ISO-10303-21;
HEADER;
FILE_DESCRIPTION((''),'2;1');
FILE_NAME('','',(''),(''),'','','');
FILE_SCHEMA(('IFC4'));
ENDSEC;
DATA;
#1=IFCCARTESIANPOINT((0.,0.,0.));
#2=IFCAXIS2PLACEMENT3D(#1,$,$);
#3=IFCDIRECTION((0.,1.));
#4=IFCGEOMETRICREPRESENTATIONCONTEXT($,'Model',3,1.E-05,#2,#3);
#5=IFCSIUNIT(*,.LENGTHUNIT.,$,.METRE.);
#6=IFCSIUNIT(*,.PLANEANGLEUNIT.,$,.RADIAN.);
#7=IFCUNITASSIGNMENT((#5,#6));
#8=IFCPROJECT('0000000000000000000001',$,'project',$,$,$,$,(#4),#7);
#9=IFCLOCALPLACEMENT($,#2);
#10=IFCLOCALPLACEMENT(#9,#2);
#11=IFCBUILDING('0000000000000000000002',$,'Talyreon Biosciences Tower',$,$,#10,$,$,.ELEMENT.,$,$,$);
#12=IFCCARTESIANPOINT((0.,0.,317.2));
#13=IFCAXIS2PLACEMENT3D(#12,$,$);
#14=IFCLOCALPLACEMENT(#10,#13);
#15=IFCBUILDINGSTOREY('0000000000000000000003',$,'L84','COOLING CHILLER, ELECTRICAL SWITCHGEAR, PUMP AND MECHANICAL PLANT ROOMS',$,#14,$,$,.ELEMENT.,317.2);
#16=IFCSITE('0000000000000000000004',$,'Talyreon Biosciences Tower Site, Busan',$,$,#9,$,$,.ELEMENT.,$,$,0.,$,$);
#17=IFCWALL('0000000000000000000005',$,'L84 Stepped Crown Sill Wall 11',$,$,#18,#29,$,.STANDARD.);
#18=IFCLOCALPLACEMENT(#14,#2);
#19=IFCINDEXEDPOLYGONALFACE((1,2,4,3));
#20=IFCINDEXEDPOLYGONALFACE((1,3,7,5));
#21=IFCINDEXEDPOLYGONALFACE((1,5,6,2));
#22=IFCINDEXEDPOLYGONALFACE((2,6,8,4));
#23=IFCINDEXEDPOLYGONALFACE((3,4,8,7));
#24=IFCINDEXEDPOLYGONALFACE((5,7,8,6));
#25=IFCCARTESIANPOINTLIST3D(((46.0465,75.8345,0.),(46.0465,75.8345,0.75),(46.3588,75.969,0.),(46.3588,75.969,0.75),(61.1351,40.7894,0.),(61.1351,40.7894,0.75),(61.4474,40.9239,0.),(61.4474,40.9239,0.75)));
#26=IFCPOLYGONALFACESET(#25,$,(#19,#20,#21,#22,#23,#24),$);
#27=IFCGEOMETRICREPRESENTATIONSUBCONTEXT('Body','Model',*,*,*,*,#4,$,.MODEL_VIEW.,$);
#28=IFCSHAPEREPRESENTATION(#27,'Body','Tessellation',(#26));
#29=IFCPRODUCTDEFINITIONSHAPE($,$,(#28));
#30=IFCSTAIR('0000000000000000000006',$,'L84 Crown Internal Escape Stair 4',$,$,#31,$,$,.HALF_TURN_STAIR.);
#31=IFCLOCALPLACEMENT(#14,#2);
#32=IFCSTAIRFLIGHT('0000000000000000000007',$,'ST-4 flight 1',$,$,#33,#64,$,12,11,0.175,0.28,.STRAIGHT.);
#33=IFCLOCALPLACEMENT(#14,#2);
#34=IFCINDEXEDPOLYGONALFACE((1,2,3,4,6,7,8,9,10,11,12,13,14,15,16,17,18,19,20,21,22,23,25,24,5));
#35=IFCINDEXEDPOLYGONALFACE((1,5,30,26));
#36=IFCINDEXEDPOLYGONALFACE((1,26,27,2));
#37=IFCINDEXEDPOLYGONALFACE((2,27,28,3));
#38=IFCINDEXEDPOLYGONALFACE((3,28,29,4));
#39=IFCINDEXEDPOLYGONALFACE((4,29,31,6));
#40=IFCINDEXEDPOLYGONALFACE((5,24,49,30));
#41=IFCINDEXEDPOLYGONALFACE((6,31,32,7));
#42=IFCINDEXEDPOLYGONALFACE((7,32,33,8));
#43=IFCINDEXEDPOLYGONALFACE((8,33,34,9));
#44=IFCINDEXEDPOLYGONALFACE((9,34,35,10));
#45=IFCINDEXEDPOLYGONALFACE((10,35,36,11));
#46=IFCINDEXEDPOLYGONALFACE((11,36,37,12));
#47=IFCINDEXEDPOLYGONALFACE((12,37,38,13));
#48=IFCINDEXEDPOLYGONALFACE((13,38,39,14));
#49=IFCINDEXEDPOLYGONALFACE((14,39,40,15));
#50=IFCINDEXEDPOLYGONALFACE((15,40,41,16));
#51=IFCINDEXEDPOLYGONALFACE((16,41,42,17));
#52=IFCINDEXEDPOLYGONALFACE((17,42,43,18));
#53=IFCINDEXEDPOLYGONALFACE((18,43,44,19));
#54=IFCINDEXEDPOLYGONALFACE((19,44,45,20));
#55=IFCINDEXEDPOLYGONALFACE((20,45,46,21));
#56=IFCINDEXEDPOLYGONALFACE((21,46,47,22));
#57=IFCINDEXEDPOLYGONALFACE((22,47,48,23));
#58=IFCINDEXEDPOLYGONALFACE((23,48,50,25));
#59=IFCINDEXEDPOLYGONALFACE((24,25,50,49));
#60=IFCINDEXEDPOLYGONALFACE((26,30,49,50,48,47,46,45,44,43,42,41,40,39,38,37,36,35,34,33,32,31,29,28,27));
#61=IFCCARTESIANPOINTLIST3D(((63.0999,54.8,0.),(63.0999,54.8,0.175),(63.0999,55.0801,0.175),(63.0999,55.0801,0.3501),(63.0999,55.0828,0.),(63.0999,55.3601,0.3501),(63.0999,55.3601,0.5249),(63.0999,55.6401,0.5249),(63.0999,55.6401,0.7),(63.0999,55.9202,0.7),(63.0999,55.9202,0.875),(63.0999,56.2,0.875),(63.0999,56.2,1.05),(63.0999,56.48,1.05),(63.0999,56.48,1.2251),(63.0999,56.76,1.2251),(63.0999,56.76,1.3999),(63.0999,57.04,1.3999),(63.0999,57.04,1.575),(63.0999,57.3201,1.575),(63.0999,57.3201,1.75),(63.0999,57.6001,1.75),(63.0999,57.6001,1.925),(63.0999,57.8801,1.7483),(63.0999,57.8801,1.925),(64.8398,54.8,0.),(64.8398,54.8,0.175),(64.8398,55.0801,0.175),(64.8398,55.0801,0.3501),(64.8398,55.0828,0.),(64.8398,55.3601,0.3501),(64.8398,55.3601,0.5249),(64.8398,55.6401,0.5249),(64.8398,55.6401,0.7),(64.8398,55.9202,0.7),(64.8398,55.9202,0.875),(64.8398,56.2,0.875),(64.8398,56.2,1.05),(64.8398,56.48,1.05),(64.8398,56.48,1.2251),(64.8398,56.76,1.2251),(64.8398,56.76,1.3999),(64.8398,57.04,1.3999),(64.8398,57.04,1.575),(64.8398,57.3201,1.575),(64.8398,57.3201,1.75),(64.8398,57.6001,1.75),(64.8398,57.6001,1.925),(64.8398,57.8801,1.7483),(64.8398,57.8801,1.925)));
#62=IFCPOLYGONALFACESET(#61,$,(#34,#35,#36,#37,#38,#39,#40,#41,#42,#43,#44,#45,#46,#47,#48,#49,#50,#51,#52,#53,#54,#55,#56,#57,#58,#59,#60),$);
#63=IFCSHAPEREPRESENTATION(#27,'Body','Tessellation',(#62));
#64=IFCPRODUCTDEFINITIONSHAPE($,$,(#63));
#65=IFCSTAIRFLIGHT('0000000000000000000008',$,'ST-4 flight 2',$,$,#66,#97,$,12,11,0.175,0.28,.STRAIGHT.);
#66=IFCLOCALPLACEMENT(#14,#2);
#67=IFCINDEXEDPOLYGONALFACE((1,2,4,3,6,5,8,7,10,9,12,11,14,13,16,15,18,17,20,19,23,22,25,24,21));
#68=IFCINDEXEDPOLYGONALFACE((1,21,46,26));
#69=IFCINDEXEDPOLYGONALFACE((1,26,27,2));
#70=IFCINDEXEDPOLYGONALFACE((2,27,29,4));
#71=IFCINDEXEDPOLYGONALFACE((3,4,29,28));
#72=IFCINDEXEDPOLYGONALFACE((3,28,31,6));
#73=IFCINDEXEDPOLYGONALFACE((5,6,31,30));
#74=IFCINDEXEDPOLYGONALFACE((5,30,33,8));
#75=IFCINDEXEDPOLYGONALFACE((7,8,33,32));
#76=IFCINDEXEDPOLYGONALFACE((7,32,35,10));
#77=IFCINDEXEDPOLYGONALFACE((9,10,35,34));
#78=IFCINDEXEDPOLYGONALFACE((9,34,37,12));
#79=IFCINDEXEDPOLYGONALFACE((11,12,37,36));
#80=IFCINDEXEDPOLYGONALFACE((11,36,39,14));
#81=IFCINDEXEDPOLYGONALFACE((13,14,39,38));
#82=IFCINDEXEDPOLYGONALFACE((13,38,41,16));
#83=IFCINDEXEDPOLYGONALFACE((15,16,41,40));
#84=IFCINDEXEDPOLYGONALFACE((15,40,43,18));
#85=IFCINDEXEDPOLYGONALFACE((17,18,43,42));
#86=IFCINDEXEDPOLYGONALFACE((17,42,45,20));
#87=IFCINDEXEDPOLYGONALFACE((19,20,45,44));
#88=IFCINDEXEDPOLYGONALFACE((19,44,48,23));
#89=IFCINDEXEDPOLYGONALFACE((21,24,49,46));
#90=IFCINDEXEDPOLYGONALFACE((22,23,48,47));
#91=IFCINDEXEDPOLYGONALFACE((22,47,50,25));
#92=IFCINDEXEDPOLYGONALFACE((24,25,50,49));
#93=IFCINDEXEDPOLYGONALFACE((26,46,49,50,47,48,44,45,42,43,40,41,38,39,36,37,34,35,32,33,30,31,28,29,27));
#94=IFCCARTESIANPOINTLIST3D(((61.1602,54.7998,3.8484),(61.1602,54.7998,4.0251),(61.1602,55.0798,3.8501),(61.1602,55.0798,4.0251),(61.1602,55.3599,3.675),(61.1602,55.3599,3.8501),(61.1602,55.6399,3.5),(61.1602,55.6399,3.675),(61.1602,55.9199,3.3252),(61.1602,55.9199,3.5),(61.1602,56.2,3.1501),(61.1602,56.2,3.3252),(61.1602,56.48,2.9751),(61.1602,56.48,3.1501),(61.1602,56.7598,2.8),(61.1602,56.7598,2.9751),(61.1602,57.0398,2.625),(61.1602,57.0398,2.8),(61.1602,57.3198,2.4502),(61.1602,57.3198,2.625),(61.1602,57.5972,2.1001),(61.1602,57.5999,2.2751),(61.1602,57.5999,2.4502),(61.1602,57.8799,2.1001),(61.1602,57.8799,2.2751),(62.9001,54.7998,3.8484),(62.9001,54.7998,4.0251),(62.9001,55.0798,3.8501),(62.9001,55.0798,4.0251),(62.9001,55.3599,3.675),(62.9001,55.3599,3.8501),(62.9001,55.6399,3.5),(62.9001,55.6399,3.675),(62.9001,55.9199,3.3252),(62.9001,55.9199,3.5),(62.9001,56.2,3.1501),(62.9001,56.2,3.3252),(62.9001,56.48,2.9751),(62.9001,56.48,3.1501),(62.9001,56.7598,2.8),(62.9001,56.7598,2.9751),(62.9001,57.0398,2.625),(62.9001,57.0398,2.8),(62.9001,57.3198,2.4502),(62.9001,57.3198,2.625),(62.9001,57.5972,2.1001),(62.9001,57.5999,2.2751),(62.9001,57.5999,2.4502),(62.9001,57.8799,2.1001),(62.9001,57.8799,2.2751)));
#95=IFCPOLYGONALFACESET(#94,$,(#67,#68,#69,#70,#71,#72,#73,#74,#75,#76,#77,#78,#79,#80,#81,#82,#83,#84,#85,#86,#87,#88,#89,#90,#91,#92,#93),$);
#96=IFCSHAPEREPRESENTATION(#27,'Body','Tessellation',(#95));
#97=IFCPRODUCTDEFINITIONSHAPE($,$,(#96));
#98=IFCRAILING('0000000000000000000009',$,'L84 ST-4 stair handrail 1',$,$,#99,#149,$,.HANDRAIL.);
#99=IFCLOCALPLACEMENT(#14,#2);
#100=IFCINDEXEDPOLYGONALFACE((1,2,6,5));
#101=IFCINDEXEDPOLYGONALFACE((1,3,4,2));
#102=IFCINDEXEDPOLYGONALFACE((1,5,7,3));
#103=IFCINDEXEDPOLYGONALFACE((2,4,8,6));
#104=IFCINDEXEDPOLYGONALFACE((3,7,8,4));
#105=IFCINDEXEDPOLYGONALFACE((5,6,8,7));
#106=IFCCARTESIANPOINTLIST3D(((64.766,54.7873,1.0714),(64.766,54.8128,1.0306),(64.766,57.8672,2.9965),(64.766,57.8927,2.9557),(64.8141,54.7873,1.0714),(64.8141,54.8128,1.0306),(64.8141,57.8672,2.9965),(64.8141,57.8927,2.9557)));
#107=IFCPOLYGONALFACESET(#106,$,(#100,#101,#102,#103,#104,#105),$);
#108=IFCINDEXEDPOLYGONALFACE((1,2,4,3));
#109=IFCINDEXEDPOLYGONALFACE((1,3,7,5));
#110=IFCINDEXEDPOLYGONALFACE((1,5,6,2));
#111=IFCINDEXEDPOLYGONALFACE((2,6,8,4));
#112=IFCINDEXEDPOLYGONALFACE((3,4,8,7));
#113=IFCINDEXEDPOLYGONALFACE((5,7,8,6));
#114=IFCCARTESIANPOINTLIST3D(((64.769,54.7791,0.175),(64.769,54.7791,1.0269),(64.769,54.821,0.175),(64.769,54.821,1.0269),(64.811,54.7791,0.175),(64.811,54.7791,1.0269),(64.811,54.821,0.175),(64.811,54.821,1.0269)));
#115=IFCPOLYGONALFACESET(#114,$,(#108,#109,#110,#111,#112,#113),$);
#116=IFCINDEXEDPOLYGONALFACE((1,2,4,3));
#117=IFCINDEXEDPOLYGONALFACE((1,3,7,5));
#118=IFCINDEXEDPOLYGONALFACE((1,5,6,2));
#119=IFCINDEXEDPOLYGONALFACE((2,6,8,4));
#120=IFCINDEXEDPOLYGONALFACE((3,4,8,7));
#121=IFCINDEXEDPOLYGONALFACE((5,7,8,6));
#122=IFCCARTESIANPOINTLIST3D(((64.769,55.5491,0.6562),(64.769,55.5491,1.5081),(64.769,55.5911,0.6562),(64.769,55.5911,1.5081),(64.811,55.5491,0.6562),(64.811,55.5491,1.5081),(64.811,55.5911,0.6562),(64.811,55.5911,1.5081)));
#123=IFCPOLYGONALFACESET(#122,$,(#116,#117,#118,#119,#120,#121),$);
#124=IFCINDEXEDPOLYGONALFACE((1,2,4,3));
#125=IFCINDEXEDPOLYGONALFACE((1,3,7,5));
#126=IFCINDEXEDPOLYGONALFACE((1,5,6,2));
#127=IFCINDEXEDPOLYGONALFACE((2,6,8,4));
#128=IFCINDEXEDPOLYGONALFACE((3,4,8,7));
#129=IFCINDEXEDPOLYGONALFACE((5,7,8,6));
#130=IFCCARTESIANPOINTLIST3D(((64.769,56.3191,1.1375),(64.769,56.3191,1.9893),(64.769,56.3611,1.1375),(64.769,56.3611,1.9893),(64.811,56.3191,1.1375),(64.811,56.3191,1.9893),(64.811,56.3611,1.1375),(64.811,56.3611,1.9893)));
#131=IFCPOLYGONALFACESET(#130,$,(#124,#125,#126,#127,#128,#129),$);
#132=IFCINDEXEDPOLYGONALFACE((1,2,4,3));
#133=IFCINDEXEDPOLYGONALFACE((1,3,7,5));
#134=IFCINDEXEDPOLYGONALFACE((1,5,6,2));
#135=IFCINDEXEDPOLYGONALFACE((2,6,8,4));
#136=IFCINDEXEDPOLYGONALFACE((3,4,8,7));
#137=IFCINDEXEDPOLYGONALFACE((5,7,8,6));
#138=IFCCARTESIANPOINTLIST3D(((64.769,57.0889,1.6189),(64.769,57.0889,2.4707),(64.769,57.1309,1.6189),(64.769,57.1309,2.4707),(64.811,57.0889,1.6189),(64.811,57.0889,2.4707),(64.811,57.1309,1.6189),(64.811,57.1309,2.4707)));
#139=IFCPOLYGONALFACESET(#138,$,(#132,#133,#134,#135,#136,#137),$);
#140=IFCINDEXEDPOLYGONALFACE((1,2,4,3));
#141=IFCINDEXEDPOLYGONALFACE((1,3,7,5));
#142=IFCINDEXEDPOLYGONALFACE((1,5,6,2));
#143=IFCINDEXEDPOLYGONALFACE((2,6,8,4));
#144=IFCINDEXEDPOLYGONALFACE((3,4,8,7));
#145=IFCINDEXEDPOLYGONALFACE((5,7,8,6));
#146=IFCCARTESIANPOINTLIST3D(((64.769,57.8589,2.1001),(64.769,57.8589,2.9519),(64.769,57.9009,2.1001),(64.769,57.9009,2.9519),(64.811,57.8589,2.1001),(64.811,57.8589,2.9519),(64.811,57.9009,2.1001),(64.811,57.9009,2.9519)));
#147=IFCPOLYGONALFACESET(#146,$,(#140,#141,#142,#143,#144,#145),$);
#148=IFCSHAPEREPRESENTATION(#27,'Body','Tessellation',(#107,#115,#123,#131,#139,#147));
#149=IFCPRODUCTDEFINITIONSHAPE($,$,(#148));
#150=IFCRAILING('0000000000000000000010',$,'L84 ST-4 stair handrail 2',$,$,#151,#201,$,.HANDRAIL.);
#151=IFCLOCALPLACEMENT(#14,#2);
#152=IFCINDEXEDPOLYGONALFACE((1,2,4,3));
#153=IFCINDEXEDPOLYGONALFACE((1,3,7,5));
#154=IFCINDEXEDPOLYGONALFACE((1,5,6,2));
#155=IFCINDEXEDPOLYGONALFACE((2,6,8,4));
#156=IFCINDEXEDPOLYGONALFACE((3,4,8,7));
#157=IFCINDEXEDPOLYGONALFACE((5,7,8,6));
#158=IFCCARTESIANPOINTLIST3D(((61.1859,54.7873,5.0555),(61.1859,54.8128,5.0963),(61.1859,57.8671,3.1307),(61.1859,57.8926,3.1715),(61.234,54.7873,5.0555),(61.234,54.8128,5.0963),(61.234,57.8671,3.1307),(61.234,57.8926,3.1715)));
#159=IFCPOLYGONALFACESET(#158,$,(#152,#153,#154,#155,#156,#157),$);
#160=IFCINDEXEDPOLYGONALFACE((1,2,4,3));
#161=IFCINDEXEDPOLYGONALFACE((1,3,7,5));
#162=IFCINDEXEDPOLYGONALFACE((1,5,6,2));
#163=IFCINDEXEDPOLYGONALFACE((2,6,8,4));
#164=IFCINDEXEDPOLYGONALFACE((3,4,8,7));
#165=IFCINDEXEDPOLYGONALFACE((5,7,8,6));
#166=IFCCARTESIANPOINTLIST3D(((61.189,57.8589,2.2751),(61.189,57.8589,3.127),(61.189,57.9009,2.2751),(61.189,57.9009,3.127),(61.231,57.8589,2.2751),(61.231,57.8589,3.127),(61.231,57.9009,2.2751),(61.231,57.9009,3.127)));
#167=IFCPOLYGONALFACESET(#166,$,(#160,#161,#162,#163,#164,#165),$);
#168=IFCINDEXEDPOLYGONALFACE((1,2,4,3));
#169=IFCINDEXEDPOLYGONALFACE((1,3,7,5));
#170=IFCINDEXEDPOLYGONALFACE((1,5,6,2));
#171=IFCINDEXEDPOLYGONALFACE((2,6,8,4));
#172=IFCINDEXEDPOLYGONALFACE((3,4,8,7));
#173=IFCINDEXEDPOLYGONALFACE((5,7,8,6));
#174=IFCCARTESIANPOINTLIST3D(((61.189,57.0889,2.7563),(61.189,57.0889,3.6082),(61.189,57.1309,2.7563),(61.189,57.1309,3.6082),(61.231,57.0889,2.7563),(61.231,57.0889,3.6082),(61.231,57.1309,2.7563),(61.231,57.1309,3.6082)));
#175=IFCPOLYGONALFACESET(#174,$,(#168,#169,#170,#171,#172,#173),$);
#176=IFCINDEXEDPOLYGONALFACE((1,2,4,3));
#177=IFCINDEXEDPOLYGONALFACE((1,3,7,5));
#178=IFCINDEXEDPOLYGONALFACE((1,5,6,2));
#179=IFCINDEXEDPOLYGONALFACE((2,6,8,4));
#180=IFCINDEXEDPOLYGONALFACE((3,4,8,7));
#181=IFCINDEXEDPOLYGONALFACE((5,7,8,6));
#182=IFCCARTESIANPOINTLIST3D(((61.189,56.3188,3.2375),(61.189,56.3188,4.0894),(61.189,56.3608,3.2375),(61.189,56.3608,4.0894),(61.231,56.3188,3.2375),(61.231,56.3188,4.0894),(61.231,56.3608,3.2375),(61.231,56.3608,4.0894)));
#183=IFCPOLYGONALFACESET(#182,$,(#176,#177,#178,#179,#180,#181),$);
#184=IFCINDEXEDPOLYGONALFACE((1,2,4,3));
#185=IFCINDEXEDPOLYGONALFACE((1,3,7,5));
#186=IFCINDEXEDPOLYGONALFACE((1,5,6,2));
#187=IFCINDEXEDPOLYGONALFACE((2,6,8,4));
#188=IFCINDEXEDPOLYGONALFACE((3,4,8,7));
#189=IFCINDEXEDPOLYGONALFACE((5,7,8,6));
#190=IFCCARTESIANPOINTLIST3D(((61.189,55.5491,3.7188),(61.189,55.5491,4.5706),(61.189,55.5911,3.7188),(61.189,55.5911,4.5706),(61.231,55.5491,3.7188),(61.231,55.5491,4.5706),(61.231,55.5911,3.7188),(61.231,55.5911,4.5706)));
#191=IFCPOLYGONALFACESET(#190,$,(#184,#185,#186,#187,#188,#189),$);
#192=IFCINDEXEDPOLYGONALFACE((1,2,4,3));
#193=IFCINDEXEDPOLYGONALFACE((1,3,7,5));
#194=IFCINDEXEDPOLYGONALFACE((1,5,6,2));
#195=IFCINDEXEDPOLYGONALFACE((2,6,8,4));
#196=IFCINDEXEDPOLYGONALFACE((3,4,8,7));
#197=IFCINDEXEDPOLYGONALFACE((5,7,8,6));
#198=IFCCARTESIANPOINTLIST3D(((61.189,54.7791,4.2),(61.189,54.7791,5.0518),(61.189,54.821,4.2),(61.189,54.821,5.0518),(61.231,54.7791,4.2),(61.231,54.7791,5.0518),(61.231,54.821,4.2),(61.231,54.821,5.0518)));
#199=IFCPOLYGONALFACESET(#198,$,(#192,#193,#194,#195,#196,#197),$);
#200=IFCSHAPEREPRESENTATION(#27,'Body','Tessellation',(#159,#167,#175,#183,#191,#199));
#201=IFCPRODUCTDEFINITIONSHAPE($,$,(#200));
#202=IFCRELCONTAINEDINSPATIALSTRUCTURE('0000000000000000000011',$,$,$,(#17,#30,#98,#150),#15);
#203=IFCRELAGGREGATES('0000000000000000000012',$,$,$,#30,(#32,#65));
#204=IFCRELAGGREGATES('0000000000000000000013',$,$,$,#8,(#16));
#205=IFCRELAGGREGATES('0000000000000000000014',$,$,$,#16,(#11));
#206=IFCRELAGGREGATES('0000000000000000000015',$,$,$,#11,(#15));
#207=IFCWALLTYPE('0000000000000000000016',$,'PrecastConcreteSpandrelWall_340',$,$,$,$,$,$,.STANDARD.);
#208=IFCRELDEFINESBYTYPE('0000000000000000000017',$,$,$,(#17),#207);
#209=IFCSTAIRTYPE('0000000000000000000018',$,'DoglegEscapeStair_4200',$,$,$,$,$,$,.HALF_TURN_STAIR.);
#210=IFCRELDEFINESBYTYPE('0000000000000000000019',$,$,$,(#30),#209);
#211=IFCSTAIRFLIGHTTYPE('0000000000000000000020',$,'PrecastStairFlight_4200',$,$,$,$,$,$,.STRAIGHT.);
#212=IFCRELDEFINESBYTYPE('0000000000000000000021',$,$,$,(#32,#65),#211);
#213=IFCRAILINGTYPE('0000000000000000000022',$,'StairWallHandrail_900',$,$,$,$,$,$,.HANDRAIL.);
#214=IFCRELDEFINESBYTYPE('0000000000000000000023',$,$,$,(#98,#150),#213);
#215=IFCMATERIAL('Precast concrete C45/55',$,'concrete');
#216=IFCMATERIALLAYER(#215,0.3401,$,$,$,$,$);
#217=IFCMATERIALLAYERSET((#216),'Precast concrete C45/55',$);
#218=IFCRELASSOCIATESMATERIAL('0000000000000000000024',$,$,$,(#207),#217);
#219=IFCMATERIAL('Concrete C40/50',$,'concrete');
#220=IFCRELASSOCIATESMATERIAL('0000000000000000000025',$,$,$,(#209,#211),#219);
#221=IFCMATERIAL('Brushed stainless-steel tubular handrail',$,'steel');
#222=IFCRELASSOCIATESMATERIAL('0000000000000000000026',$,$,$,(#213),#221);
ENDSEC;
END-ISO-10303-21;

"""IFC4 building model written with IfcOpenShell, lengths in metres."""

from ifc_helpers import new_model, si_unit, direction, frame, frame_2d, origin, origin_2d, place, context, subcontext, project, spatial, polyline, rectangle, outline, extrude, material, layer, layer_set, type_object, element, aggregate, save


model = new_model("IFC4")

# Units and contexts
model_context = context("Model", 3, precision=1e-05, world=origin(), true_north=direction((0.0, 1.0)))
body_context = subcontext(model_context, "Body", "Model", "MODEL_VIEW")
ifc_project = project(units=[si_unit("LENGTHUNIT", "METRE"), si_unit("PLANEANGLEUNIT", "RADIAN")], contexts=[model_context])

# Site, building, storey
site_placement = place(None, origin())
site = spatial("IfcSite", under=ifc_project, at=site_placement, Name="Talyreon Biosciences Tower Site, Busan", CompositionType="ELEMENT", RefElevation=0.0)
building_placement = place(site_placement, origin())
building = spatial("IfcBuilding", under=site, at=building_placement, Name="Talyreon Biosciences Tower", CompositionType="ELEMENT")
storey_placement = place(building_placement, frame((0.0, 0.0, 317.2)))
storey = spatial("IfcBuildingStorey", under=building, at=storey_placement, Name="L84", Description="COOLING CHILLER, ELECTRICAL SWITCHGEAR, PUMP AND MECHANICAL PLANT ROOMS", CompositionType="ELEMENT", Elevation=317.2)

# Wall
ifc_material_1 = material(Name="Precast concrete C45/55", Category="concrete")
ifc_layer_1 = layer(ifc_material_1, 0.3401)
ifc_layer_set_1 = layer_set([ifc_layer_1], Name="Precast concrete C45/55")
wall_type_1 = type_object("IfcWallType", Name="PrecastConcreteSpandrelWall_340", PredefinedType="STANDARD", material=ifc_layer_set_1)
wall_1_placement = place(storey_placement, frame((61.2913, 40.8567, 0.0), z_axis=(0.0, 0.0, 1.0), x_axis=(-0.395452, 0.918486, 0.0)))
element("IfcWall", 1, at=wall_1_placement, inside=storey, type_object=wall_type_1, Name="L84 Stepped Crown Sill Wall 11", PredefinedType="STANDARD", context=body_context, shape_type="SweptSolid", body=[
    extrude(rectangle(XDim=38.1553, YDim=0.3401, at=frame_2d((19.0776, 0.0))), origin(), (0.0, 0.0, 1.0), 0.75),
])

# Stair, stair flights
ifc_material_2 = material(Name="Concrete C40/50", Category="concrete")
stair_type = type_object("IfcStairType", Name="DoglegEscapeStair_4200", PredefinedType="HALF_TURN_STAIR", material=ifc_material_2)
stair_placement = place(storey_placement, origin())
stair = element("IfcStair", 2, at=stair_placement, inside=storey, type_object=stair_type, Name="L84 Crown Internal Escape Stair 4", PredefinedType="HALF_TURN_STAIR")
stair_flight_type = type_object("IfcStairFlightType", Name="PrecastStairFlight_4200", PredefinedType="STRAIGHT", material=ifc_material_2)
stair_flight_1_placement = place(storey_placement, frame((63.97, 54.8, 0.0), z_axis=(0.0, 0.0, 1.0), x_axis=(0.0, 1.0, 0.0)))
stair_flight_1 = element("IfcStairFlight", 3, at=stair_flight_1_placement, type_object=stair_flight_type, Name="ST-4 flight 1", NumberOfRisers=12, NumberOfTreads=11, PredefinedType="STRAIGHT", RiserHeight=0.175, TreadLength=0.28, context=body_context, shape_type="SweptSolid", body=[
    extrude(outline(polyline([(0.0, 0.0), (0.0, 0.175), (0.28, 0.175), (0.28, 0.3501), (0.5601, 0.3501), (0.5601, 0.5249), (0.8401, 0.5249), (0.8401, 0.7), (1.1201, 0.7), (1.1201, 0.875), (1.3999, 0.875), (1.3999, 1.05), (1.6799, 1.05), (1.6799, 1.2251), (1.96, 1.2251), (1.96, 1.3999), (2.24, 1.3999), (2.24, 1.575), (2.52, 1.575), (2.52, 1.75), (2.8, 1.75), (2.8, 1.925), (3.0801, 1.925), (3.0801, 2.1001), (3.0801, 1.7483), (0.2827, 0.0), (0.0, 0.0)])), frame((0.0, 0.8701, 0.0), z_axis=(0.0, -1.0, 0.0), x_axis=(1.0, 0.0, 0.0)), (0.0, 0.0, 1.0), 1.74),
])
stair_flight_2_placement = place(storey_placement, frame((62.03, 57.8799, 2.1001), z_axis=(0.0, 0.0, 1.0), x_axis=(0.0, -1.0, 0.0)))
stair_flight_2 = element("IfcStairFlight", 4, at=stair_flight_2_placement, type_object=stair_flight_type, Name="ST-4 flight 2", NumberOfRisers=12, NumberOfTreads=11, PredefinedType="STRAIGHT", RiserHeight=0.175, TreadLength=0.28, context=body_context, shape_type="SweptSolid", body=[
    extrude(outline(polyline([(0.0, 0.0), (0.0, 0.175), (0.28, 0.175), (0.28, 0.3501), (0.5601, 0.3501), (0.5601, 0.5249), (0.8401, 0.5249), (0.8401, 0.7), (1.1201, 0.7), (1.1201, 0.875), (1.3999, 0.875), (1.3999, 1.05), (1.6799, 1.05), (1.6799, 1.2251), (1.96, 1.2251), (1.96, 1.3999), (2.24, 1.3999), (2.24, 1.575), (2.52, 1.575), (2.52, 1.75), (2.8, 1.75), (2.8, 1.925), (3.0801, 1.925), (3.0801, 2.1001), (3.0801, 1.7483), (0.2827, 0.0), (0.0, 0.0)])), frame((0.0, 0.8701, 0.0), z_axis=(0.0, -1.0, 0.0), x_axis=(1.0, 0.0, 0.0)), (0.0, 0.0, 1.0), 1.74),
])
aggregate(stair, [stair_flight_1, stair_flight_2])

# Railings
ifc_material_3 = material(Name="Brushed stainless-steel tubular handrail", Category="steel")
railing_type_1 = type_object("IfcRailingType", Name="StairWallHandrail_900", PredefinedType="HANDRAIL", material=ifc_material_3)
railing_1_placement = place(storey_placement, frame((64.79, 54.8, 0.175)))
element("IfcRailing", 5, at=railing_1_placement, inside=storey, type_object=railing_type_1, Name="L84 ST-4 stair handrail 1", PredefinedType="HANDRAIL", context=body_context, shape_type="SweptSolid", body=[
    extrude(rectangle(XDim=0.0481, YDim=0.0481, at=origin_2d()), frame((0.0, 0.0, 0.876), z_axis=(0.0, 0.847979, 0.530029), x_axis=(-1.0, 0.0, 0.0)), (0.0, 0.0, 1.0), 3.6321),
    extrude(rectangle(XDim=0.042, YDim=0.042, at=origin_2d()), origin(), (0.0, 0.0, 1.0), 0.8518),
    extrude(rectangle(XDim=0.042, YDim=0.042, at=origin_2d()), frame((0.0, 0.77, 0.4812)), (0.0, 0.0, 1.0), 0.8518),
    extrude(rectangle(XDim=0.042, YDim=0.042, at=origin_2d()), frame((0.0, 1.54, 0.9624)), (0.0, 0.0, 1.0), 0.8518),
    extrude(rectangle(XDim=0.042, YDim=0.042, at=origin_2d()), frame((0.0, 2.3098, 1.4438)), (0.0, 0.0, 1.0), 0.8518),
    extrude(rectangle(XDim=0.042, YDim=0.042, at=origin_2d()), frame((0.0, 3.0798, 1.925)), (0.0, 0.0, 1.0), 0.8518),
])
railing_2_placement = place(storey_placement, frame((61.21, 57.8799, 2.2751)))
element("IfcRailing", 6, at=railing_2_placement, inside=storey, type_object=railing_type_1, Name="L84 ST-4 stair handrail 2", PredefinedType="HANDRAIL", context=body_context, shape_type="SweptSolid", body=[
    extrude(rectangle(XDim=0.0481, YDim=0.0481, at=origin_2d()), frame((0.0, 0.0, 0.876), z_axis=(0.0, -0.84801, 0.529981), x_axis=(1.0, 0.0, 0.0)), (0.0, 0.0, 1.0), 3.6318),
    extrude(rectangle(XDim=0.042, YDim=0.042, at=origin_2d()), origin(), (0.0, 0.0, 1.0), 0.8518),
    extrude(rectangle(XDim=0.042, YDim=0.042, at=origin_2d()), frame((0.0, -0.77, 0.4812)), (0.0, 0.0, 1.0), 0.8518),
    extrude(rectangle(XDim=0.042, YDim=0.042, at=origin_2d()), frame((0.0, -1.54, 0.9624)), (0.0, 0.0, 1.0), 0.8518),
    extrude(rectangle(XDim=0.042, YDim=0.042, at=origin_2d()), frame((0.0, -2.3098, 1.4436)), (0.0, 0.0, 1.0), 0.8518),
    extrude(rectangle(XDim=0.042, YDim=0.042, at=origin_2d()), frame((0.0, -3.0798, 1.9248)), (0.0, 0.0, 1.0), 0.8518),
])

save(model, "model.ifc")
